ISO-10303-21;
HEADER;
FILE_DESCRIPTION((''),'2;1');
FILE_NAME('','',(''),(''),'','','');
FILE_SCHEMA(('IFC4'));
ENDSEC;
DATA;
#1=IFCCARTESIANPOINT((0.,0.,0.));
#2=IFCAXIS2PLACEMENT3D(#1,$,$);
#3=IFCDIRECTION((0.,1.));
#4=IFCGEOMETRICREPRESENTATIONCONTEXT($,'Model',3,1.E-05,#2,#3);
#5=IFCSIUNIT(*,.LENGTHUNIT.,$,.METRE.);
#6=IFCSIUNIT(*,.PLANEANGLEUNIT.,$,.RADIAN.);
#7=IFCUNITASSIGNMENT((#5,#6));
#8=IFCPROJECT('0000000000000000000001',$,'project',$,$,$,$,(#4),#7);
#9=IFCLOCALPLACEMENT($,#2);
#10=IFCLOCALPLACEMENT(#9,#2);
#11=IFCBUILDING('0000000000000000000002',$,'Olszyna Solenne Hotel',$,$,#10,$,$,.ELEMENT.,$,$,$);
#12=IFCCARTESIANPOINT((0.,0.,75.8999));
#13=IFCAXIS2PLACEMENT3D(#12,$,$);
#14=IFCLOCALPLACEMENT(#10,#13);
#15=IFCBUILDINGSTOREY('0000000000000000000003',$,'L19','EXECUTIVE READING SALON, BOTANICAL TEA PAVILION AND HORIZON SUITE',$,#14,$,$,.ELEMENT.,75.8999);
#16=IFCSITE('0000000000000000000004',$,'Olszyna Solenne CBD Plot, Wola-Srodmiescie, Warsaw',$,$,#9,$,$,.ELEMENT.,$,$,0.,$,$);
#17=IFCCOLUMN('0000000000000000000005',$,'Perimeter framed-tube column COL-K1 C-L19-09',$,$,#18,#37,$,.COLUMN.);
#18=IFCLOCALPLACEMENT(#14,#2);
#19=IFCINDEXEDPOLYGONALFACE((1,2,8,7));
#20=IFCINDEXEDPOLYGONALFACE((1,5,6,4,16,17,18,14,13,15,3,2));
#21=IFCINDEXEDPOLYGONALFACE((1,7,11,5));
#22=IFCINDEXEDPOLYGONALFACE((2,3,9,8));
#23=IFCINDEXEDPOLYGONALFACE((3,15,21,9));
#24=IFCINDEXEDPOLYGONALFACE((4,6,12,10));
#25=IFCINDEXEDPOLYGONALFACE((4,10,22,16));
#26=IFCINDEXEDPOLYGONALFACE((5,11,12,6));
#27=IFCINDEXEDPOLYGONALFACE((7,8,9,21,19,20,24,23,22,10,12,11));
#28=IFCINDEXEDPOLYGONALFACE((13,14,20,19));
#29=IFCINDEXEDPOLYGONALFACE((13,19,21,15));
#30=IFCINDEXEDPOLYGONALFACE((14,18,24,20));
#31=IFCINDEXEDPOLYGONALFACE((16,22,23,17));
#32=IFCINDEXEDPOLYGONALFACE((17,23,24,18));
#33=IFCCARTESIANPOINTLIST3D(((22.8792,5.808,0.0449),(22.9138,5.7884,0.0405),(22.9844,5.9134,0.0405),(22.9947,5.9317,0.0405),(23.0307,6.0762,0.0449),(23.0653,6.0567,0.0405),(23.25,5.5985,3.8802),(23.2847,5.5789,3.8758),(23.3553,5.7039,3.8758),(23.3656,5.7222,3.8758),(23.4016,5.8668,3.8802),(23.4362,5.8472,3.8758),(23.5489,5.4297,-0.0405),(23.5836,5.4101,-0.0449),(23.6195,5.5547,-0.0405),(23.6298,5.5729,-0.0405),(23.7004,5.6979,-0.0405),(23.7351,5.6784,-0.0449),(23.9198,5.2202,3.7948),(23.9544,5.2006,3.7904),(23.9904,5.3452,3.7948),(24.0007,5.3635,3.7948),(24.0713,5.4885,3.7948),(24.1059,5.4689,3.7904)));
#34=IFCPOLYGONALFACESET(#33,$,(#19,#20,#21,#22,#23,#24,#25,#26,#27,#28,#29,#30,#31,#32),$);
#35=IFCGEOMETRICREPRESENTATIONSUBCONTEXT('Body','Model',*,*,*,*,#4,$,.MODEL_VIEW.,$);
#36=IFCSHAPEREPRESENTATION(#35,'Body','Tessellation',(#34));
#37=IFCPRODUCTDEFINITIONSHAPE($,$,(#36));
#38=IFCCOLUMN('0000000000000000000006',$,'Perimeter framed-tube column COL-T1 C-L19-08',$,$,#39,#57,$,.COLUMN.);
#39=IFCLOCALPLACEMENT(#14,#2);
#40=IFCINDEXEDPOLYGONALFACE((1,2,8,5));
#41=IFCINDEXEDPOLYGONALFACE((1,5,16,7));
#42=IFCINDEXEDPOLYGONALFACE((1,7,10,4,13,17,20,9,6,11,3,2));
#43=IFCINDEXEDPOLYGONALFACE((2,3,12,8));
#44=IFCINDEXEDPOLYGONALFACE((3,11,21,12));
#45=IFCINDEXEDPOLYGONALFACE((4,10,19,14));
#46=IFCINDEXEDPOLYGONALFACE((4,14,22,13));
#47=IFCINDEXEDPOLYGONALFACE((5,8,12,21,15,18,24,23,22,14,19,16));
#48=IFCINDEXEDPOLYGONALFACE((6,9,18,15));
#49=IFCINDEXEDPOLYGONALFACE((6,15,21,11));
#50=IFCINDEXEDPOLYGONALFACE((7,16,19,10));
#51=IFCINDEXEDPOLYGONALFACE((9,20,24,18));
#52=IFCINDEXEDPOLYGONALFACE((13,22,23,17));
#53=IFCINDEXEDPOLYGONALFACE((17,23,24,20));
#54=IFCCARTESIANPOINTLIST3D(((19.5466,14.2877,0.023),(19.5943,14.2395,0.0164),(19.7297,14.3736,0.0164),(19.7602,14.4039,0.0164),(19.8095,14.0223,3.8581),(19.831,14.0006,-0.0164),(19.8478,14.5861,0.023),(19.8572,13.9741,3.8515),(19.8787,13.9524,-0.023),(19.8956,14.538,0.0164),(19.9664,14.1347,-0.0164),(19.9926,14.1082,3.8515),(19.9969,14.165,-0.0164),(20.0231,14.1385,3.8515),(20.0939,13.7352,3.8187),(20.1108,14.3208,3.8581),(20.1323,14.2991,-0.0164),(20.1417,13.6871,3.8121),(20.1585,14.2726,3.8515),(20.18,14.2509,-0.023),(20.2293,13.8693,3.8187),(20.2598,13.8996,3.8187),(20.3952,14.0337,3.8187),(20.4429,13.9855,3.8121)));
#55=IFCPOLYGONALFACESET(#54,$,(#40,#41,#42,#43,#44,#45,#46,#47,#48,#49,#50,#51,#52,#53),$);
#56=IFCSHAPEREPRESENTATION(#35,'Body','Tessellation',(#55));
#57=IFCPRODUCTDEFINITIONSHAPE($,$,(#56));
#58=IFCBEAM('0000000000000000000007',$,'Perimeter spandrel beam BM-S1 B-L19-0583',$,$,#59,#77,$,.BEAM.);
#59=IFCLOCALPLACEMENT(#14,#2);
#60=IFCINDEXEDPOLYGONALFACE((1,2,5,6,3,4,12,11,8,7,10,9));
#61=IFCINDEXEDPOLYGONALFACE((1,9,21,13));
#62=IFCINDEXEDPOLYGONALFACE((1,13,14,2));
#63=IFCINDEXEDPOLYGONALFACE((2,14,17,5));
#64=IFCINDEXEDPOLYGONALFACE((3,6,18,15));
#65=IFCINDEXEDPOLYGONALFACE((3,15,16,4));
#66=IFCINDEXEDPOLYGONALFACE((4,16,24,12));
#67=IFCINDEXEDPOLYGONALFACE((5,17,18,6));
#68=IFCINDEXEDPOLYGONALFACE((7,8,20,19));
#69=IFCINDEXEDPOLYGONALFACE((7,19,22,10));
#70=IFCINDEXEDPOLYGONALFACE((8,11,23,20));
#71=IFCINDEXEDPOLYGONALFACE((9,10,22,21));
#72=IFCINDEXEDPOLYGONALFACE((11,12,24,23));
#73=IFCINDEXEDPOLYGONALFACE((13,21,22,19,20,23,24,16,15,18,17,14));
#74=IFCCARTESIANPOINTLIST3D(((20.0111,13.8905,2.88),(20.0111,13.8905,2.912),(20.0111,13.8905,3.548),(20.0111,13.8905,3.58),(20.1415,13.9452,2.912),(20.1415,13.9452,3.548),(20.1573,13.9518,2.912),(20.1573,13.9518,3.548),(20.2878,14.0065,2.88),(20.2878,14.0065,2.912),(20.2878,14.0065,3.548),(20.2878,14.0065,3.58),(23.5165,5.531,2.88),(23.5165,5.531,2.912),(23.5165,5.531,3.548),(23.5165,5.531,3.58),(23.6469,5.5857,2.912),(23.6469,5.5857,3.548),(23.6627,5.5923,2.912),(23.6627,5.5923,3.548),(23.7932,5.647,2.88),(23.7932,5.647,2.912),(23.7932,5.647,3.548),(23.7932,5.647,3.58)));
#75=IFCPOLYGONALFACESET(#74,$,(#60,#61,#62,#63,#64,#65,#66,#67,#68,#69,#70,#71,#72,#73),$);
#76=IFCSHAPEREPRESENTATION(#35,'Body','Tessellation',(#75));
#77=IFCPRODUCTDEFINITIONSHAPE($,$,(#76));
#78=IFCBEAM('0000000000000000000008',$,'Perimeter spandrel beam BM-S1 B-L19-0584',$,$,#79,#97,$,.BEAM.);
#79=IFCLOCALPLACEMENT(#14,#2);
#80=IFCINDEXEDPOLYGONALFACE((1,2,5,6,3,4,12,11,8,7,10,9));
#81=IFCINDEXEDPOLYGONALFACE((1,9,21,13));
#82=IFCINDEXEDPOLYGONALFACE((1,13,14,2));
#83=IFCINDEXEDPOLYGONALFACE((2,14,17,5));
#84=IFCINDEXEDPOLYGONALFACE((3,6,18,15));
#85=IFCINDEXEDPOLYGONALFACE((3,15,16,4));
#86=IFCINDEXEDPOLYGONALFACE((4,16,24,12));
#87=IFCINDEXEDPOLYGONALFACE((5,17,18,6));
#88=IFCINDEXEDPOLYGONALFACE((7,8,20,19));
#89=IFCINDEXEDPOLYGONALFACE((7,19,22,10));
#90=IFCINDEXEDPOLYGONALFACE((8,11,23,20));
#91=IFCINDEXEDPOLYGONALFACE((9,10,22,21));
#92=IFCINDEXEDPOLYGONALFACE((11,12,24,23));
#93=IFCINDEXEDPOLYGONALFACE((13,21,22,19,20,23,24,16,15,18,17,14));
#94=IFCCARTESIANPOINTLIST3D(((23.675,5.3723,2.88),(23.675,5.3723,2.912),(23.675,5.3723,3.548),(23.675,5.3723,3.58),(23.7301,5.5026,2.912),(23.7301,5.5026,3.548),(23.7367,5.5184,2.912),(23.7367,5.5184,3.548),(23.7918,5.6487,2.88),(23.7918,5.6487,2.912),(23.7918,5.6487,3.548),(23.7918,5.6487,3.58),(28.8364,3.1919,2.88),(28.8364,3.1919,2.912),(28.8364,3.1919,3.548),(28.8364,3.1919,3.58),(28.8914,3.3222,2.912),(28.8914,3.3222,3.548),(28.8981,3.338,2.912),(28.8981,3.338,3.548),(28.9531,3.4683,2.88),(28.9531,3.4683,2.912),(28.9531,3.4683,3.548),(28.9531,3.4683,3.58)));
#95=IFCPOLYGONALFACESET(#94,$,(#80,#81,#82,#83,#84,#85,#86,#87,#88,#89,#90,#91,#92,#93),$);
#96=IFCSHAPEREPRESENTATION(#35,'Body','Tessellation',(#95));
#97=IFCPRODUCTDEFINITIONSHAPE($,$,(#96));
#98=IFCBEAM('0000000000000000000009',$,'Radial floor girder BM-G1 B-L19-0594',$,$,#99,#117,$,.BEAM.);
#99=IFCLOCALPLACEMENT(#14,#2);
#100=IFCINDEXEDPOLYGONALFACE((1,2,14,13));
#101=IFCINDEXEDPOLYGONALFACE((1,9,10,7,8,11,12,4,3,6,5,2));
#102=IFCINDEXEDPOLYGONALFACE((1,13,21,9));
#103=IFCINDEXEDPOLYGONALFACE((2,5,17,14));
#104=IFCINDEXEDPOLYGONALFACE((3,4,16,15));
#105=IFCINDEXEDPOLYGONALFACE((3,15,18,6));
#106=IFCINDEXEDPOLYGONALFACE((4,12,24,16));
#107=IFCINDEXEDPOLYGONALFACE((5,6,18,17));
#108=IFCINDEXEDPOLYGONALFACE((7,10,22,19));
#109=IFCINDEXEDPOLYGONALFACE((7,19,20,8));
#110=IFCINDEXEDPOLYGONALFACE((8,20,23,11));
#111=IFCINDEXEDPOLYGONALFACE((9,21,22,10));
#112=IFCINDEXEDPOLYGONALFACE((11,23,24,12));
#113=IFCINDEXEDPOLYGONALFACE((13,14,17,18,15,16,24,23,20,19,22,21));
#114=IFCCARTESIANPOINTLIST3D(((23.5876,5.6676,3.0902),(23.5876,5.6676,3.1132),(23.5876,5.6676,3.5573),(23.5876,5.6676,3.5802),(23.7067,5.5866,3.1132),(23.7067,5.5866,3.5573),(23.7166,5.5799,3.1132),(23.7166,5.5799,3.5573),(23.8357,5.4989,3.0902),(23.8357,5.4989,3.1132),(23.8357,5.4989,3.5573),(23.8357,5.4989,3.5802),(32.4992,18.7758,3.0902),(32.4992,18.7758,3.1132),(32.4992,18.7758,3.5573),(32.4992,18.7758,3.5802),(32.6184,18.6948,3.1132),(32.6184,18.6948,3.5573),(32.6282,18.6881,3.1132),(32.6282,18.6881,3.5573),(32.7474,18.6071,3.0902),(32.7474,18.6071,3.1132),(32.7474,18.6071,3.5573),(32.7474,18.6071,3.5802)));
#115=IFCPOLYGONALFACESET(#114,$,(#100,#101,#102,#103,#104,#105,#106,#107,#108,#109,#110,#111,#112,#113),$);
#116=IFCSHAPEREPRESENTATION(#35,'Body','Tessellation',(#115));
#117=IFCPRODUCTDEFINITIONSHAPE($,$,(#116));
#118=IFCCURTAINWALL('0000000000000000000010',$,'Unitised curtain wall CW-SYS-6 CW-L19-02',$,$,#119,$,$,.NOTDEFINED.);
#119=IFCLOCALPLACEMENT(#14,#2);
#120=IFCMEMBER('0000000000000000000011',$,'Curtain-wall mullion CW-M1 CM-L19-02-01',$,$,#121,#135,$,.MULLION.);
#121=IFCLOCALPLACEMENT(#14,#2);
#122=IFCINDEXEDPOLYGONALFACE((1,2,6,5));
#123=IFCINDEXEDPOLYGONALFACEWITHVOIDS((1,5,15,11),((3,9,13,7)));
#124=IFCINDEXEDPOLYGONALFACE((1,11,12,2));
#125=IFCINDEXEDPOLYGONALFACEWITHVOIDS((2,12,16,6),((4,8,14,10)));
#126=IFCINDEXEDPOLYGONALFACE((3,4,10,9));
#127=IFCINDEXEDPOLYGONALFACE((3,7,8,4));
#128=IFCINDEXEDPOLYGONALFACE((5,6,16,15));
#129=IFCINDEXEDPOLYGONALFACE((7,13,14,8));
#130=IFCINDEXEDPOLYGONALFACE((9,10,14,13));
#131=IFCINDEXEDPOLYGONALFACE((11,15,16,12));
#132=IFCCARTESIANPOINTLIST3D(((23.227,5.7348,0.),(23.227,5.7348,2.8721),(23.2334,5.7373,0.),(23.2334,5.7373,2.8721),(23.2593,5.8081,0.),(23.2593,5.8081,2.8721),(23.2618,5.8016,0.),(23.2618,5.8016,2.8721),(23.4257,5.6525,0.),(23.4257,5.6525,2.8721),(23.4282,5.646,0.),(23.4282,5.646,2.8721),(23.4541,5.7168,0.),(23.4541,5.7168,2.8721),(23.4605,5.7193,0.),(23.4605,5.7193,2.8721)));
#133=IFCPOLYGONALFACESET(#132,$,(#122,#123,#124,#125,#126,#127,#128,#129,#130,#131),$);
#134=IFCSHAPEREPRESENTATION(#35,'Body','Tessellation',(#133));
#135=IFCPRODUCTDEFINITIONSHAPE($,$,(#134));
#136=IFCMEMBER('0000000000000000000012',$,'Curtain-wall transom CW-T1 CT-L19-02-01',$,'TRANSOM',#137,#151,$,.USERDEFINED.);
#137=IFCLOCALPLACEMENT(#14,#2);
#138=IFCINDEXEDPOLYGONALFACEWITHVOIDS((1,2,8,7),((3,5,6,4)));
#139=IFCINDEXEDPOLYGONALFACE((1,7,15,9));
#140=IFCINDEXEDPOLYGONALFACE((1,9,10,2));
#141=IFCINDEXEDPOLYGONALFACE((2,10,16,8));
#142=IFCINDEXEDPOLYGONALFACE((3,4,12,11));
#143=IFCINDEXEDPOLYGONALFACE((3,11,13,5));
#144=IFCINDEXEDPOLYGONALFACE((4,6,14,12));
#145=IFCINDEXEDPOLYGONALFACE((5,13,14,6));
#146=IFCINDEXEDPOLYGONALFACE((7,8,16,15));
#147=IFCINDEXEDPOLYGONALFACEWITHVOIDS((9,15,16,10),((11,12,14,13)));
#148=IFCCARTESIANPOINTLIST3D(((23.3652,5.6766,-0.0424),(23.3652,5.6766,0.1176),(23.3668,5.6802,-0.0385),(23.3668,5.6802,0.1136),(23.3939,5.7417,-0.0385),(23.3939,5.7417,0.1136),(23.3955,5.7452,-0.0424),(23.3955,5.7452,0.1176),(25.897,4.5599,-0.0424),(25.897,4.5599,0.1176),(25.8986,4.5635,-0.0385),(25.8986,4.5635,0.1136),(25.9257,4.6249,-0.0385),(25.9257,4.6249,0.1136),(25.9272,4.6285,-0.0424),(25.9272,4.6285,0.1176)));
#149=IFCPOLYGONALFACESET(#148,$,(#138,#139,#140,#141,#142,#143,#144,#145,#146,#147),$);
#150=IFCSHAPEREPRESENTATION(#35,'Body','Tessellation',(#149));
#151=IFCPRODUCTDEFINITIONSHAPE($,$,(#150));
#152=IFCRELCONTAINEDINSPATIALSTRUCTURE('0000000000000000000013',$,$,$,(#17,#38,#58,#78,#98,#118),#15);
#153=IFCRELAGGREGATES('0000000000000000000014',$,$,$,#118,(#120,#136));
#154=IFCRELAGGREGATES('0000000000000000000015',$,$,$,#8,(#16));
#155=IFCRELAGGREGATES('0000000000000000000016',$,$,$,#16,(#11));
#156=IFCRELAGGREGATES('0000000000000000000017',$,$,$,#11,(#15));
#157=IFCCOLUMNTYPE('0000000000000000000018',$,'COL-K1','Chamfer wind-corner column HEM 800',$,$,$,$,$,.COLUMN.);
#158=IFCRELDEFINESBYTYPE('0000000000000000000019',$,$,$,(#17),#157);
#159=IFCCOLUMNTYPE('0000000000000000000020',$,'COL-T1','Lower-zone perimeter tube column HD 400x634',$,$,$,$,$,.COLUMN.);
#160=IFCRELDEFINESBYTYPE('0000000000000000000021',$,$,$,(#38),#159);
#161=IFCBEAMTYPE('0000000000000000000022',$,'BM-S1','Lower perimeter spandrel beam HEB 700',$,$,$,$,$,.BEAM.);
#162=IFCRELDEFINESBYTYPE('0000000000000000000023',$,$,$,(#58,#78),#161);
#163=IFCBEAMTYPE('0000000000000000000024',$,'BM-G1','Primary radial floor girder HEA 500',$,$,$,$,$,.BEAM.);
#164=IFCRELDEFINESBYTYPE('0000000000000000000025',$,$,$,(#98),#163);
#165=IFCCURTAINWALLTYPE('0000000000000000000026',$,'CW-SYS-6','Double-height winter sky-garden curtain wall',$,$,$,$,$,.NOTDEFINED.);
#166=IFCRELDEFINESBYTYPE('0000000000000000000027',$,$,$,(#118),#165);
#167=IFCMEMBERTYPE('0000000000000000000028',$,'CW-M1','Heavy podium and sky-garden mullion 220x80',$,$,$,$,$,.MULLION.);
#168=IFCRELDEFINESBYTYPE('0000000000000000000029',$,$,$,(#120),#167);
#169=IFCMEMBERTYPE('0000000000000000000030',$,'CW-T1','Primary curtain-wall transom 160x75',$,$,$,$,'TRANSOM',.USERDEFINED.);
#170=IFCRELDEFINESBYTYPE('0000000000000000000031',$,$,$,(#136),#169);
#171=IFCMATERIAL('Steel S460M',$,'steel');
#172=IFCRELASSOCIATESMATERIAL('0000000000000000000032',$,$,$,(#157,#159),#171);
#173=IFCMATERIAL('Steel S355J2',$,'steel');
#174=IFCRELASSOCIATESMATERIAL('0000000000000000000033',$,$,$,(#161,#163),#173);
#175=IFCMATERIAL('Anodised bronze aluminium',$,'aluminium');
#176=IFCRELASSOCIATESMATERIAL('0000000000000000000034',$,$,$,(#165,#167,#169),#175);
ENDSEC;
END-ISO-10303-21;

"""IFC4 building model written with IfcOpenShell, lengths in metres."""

from ifc_helpers import new_model, si_unit, direction, frame, origin, origin_2d, place, context, subcontext, project, spatial, hollow_rectangle, i_section, extrude, source, transform, mapped, material, material_profile, profile_set, type_object, element, aggregate, save


model = new_model("IFC4")

# Units and contexts
model_context = context("Model", 3, precision=1e-05, world=origin(), true_north=direction((0.0, 1.0)))
body_context = subcontext(model_context, "Body", "Model", "MODEL_VIEW")
ifc_project = project(units=[si_unit("LENGTHUNIT", "METRE"), si_unit("PLANEANGLEUNIT", "RADIAN")], contexts=[model_context])

# Site, building, storey
site_placement = place(None, origin())
site = spatial("IfcSite", under=ifc_project, at=site_placement, Name="Olszyna Solenne CBD Plot, Wola-Srodmiescie, Warsaw", CompositionType="ELEMENT", RefElevation=0.0)
building_placement = place(site_placement, origin())
building = spatial("IfcBuilding", under=site, at=building_placement, Name="Olszyna Solenne Hotel", CompositionType="ELEMENT")
storey_placement = place(building_placement, frame((0.0, 0.0, 75.8999)))
storey = spatial("IfcBuildingStorey", under=building, at=storey_placement, Name="L19", Description="EXECUTIVE READING SALON, BOTANICAL TEA PAVILION AND HORIZON SUITE", CompositionType="ELEMENT", Elevation=75.8999)

# Columns
ifc_material_1 = material(Name="Steel S460M", Category="steel")
ifc_material_profile_1 = material_profile(ifc_material_1, i_section(OverallWidth=0.3081, OverallDepth=0.814, WebThickness=0.021, FlangeThickness=0.04, at=origin_2d()), Name="HEM 800", Category="load-bearing")
ifc_profile_set_1 = profile_set([ifc_material_profile_1], Name="Steel S460M")
column_type_1 = type_object("IfcColumnType", Name="COL-K1", Description="Chamfer wind-corner column HEM 800", PredefinedType="COLUMN", material=ifc_profile_set_1)
shared_shape_1 = source(origin(), body_context, "Body", "SweptSolid", [
    extrude(i_section(OverallWidth=0.3081, OverallDepth=0.814, WebThickness=0.021, FlangeThickness=0.04, at=origin_2d()), origin(), (0.0, 0.0, 1.0), 3.8589),
])
column_1_placement = place(storey_placement, frame((23.3071, 5.7432, 0.0), z_axis=(0.096105, -0.054285, 0.99389), x_axis=(0.491812, 0.870702, 0.0)))
element("IfcColumn", 1, at=column_1_placement, inside=storey, type_object=column_type_1, Name="Perimeter framed-tube column COL-K1 C-L19-09", PredefinedType="COLUMN", context=body_context, shape_type="MappedRepresentation", body=[
    mapped(shared_shape_1, transform((0.0, 0.0, 0.0), x_axis=(1.0, 0.0, 0.0), y_axis=(0.0, 1.0, 0.0), z_axis=(0.0, 0.0, 1.0), scale=1.0)),
])
ifc_material_profile_2 = material_profile(ifc_material_1, i_section(OverallWidth=0.4241, OverallDepth=0.4741, WebThickness=0.043, FlangeThickness=0.0681, at=origin_2d()), Name="HD 400x634", Category="load-bearing")
ifc_profile_set_2 = profile_set([ifc_material_profile_2], Name="Steel S460M")
column_type_2 = type_object("IfcColumnType", Name="COL-T1", Description="Lower-zone perimeter tube column HD 400x634", PredefinedType="COLUMN", material=ifc_profile_set_2)
shared_shape_2 = source(origin(), body_context, "Body", "SweptSolid", [
    extrude(i_section(OverallWidth=0.4241, OverallDepth=0.4741, WebThickness=0.043, FlangeThickness=0.0681, at=origin_2d()), origin(), (0.0, 0.0, 1.0), 3.8533),
])
column_2_placement = place(storey_placement, frame((19.8633, 14.2693, 0.0), z_axis=(0.068236, -0.06887, 0.995289), x_axis=(0.710367, 0.703832, 0.0)))
element("IfcColumn", 2, at=column_2_placement, inside=storey, type_object=column_type_2, Name="Perimeter framed-tube column COL-T1 C-L19-08", PredefinedType="COLUMN", context=body_context, shape_type="MappedRepresentation", body=[
    mapped(shared_shape_2, transform((0.0, 0.0, 0.0), x_axis=(1.0, 0.0, 0.0), y_axis=(0.0, 1.0, 0.0), z_axis=(0.0, 0.0, 1.0), scale=1.0)),
])

# Beams
ifc_material_2 = material(Name="Steel S355J2", Category="steel")
ifc_material_profile_3 = material_profile(ifc_material_2, i_section(OverallWidth=0.3, OverallDepth=0.7, WebThickness=0.0171, FlangeThickness=0.032, at=origin_2d()), Name="HEB 700", Category="load-bearing")
ifc_profile_set_3 = profile_set([ifc_material_profile_3], Name="Steel S355J2")
beam_type_1 = type_object("IfcBeamType", Name="BM-S1", Description="Lower perimeter spandrel beam HEB 700", PredefinedType="BEAM", material=ifc_profile_set_3)
shared_shape_3 = source(origin(), body_context, "Body", "SweptSolid", [
    extrude(i_section(OverallWidth=0.3, OverallDepth=0.7, WebThickness=0.0171, FlangeThickness=0.032, at=origin_2d()), origin(), (0.0, 0.0, 1.0), 9.0647),
])
beam_1_placement = place(storey_placement, frame((20.1494, 13.9485, 3.23), z_axis=(0.38671, -0.922201, 0.0), x_axis=(0.922201, 0.38671, 0.0)))
element("IfcBeam", 3, at=beam_1_placement, inside=storey, type_object=beam_type_1, Name="Perimeter spandrel beam BM-S1 B-L19-0583", PredefinedType="BEAM", context=body_context, shape_type="MappedRepresentation", body=[
    mapped(shared_shape_3, transform((0.0, 0.0, 0.0), x_axis=(1.0, 0.0, 0.0), y_axis=(0.0, 1.0, 0.0), z_axis=(0.0, 0.0, 1.0), scale=1.0)),
])
shared_shape_4 = source(origin(), body_context, "Body", "SweptSolid", [
    extrude(i_section(OverallWidth=0.3, OverallDepth=0.7, WebThickness=0.0171, FlangeThickness=0.032, at=origin_2d()), origin(), (0.0, 0.0, 1.0), 5.603),
])
beam_2_placement = place(storey_placement, frame((23.7334, 5.5105, 3.23), z_axis=(0.921175, -0.38915, 0.0), x_axis=(0.38915, 0.921175, 0.0)))
element("IfcBeam", 4, at=beam_2_placement, inside=storey, type_object=beam_type_1, Name="Perimeter spandrel beam BM-S1 B-L19-0584", PredefinedType="BEAM", context=body_context, shape_type="MappedRepresentation", body=[
    mapped(shared_shape_4, transform((0.0, 0.0, 0.0), x_axis=(1.0, 0.0, 0.0), y_axis=(0.0, 1.0, 0.0), z_axis=(0.0, 0.0, 1.0), scale=1.0)),
])
ifc_material_profile_4 = material_profile(ifc_material_2, i_section(OverallWidth=0.3, OverallDepth=0.49, WebThickness=0.012, FlangeThickness=0.0229, at=origin_2d()), Name="HEA 500", Category="load-bearing")
ifc_profile_set_4 = profile_set([ifc_material_profile_4], Name="Steel S355J2")
beam_type_2 = type_object("IfcBeamType", Name="BM-G1", Description="Primary radial floor girder HEA 500", PredefinedType="BEAM", material=ifc_profile_set_4)
shared_shape_5 = source(origin(), body_context, "Body", "SweptSolid", [
    extrude(i_section(OverallWidth=0.3, OverallDepth=0.49, WebThickness=0.012, FlangeThickness=0.0229, at=origin_2d()), origin(), (0.0, 0.0, 1.0), 15.8506),
])
beam_3_placement = place(storey_placement, frame((23.7117, 5.5833, 3.3352), z_axis=(0.562227, 0.826983, 0.0), x_axis=(-0.826983, 0.562227, 0.0)))
element("IfcBeam", 5, at=beam_3_placement, inside=storey, type_object=beam_type_2, Name="Radial floor girder BM-G1 B-L19-0594", PredefinedType="BEAM", context=body_context, shape_type="MappedRepresentation", body=[
    mapped(shared_shape_5, transform((0.0, 0.0, 0.0), x_axis=(1.0, 0.0, 0.0), y_axis=(0.0, 1.0, 0.0), z_axis=(0.0, 0.0, 1.0), scale=1.0)),
])

# Curtain wall, members
ifc_material_3 = material(Name="Anodised bronze aluminium", Category="aluminium")
curtain_wall_type = type_object("IfcCurtainWallType", Name="CW-SYS-6", Description="Double-height winter sky-garden curtain wall", PredefinedType="NOTDEFINED", material=ifc_material_3)
curtain_wall_placement = place(storey_placement, origin())
curtain_wall = element("IfcCurtainWall", 6, at=curtain_wall_placement, inside=storey, type_object=curtain_wall_type, Name="Unitised curtain wall CW-SYS-6 CW-L19-02", PredefinedType="NOTDEFINED")
ifc_material_profile_5 = material_profile(ifc_material_3, hollow_rectangle(XDim=0.0801, YDim=0.22, WallThickness=0.0049, at=origin_2d()), Name="MULL 220x80x5", Category="load-bearing")
ifc_profile_set_5 = profile_set([ifc_material_profile_5], Name="Anodised bronze aluminium")
member_type_1 = type_object("IfcMemberType", Name="CW-M1", Description="Heavy podium and sky-garden mullion 220x80", PredefinedType="MULLION", material=ifc_profile_set_5)
shared_shape_6 = source(origin(), body_context, "Body", "SweptSolid", [
    extrude(hollow_rectangle(XDim=0.0801, YDim=0.22, WallThickness=0.0049, at=origin_2d()), origin(), (0.0, 0.0, 1.0), 2.8721),
])
member_1_placement = place(storey_placement, frame((23.3438, 5.7271, 0.0), z_axis=(0.0, 0.0, 1.0), x_axis=(0.403527, 0.914968, 0.0)))
member_1 = element("IfcMember", 7, at=member_1_placement, type_object=member_type_1, Name="Curtain-wall mullion CW-M1 CM-L19-02-01", PredefinedType="MULLION", context=body_context, shape_type="MappedRepresentation", body=[
    mapped(shared_shape_6, transform((0.0, 0.0, 0.0), x_axis=(1.0, 0.0, 0.0), y_axis=(0.0, 1.0, 0.0), z_axis=(0.0, 0.0, 1.0), scale=1.0)),
])
ifc_material_profile_6 = material_profile(ifc_material_3, hollow_rectangle(XDim=0.075, YDim=0.1599, WallThickness=0.0039, at=origin_2d()), Name="TRAN 160x75x4", Category="load-bearing")
ifc_profile_set_6 = profile_set([ifc_material_profile_6], Name="Anodised bronze aluminium")
member_type_2 = type_object("IfcMemberType", Name="CW-T1", Description="Primary curtain-wall transom 160x75", ElementType="TRANSOM", PredefinedType="USERDEFINED", material=ifc_profile_set_6)
shared_shape_7 = source(origin(), body_context, "Body", "SweptSolid", [
    extrude(hollow_rectangle(XDim=0.075, YDim=0.1599, WallThickness=0.0039, at=origin_2d()), origin(), (0.0, 0.0, 1.0), 2.7671),
])
member_2_placement = place(storey_placement, frame((23.3804, 5.7109, 0.0376), z_axis=(0.91495, -0.403566, 0.0), x_axis=(0.403566, 0.91495, 0.0)))
member_2 = element("IfcMember", 8, at=member_2_placement, type_object=member_type_2, Name="Curtain-wall transom CW-T1 CT-L19-02-01", ObjectType="TRANSOM", PredefinedType="USERDEFINED", context=body_context, shape_type="MappedRepresentation", body=[
    mapped(shared_shape_7, transform((0.0, 0.0, 0.0), x_axis=(1.0, 0.0, 0.0), y_axis=(0.0, 1.0, 0.0), z_axis=(0.0, 0.0, 1.0), scale=1.0)),
])

aggregate(curtain_wall, [member_1, member_2])

save(model, "model.ifc")
